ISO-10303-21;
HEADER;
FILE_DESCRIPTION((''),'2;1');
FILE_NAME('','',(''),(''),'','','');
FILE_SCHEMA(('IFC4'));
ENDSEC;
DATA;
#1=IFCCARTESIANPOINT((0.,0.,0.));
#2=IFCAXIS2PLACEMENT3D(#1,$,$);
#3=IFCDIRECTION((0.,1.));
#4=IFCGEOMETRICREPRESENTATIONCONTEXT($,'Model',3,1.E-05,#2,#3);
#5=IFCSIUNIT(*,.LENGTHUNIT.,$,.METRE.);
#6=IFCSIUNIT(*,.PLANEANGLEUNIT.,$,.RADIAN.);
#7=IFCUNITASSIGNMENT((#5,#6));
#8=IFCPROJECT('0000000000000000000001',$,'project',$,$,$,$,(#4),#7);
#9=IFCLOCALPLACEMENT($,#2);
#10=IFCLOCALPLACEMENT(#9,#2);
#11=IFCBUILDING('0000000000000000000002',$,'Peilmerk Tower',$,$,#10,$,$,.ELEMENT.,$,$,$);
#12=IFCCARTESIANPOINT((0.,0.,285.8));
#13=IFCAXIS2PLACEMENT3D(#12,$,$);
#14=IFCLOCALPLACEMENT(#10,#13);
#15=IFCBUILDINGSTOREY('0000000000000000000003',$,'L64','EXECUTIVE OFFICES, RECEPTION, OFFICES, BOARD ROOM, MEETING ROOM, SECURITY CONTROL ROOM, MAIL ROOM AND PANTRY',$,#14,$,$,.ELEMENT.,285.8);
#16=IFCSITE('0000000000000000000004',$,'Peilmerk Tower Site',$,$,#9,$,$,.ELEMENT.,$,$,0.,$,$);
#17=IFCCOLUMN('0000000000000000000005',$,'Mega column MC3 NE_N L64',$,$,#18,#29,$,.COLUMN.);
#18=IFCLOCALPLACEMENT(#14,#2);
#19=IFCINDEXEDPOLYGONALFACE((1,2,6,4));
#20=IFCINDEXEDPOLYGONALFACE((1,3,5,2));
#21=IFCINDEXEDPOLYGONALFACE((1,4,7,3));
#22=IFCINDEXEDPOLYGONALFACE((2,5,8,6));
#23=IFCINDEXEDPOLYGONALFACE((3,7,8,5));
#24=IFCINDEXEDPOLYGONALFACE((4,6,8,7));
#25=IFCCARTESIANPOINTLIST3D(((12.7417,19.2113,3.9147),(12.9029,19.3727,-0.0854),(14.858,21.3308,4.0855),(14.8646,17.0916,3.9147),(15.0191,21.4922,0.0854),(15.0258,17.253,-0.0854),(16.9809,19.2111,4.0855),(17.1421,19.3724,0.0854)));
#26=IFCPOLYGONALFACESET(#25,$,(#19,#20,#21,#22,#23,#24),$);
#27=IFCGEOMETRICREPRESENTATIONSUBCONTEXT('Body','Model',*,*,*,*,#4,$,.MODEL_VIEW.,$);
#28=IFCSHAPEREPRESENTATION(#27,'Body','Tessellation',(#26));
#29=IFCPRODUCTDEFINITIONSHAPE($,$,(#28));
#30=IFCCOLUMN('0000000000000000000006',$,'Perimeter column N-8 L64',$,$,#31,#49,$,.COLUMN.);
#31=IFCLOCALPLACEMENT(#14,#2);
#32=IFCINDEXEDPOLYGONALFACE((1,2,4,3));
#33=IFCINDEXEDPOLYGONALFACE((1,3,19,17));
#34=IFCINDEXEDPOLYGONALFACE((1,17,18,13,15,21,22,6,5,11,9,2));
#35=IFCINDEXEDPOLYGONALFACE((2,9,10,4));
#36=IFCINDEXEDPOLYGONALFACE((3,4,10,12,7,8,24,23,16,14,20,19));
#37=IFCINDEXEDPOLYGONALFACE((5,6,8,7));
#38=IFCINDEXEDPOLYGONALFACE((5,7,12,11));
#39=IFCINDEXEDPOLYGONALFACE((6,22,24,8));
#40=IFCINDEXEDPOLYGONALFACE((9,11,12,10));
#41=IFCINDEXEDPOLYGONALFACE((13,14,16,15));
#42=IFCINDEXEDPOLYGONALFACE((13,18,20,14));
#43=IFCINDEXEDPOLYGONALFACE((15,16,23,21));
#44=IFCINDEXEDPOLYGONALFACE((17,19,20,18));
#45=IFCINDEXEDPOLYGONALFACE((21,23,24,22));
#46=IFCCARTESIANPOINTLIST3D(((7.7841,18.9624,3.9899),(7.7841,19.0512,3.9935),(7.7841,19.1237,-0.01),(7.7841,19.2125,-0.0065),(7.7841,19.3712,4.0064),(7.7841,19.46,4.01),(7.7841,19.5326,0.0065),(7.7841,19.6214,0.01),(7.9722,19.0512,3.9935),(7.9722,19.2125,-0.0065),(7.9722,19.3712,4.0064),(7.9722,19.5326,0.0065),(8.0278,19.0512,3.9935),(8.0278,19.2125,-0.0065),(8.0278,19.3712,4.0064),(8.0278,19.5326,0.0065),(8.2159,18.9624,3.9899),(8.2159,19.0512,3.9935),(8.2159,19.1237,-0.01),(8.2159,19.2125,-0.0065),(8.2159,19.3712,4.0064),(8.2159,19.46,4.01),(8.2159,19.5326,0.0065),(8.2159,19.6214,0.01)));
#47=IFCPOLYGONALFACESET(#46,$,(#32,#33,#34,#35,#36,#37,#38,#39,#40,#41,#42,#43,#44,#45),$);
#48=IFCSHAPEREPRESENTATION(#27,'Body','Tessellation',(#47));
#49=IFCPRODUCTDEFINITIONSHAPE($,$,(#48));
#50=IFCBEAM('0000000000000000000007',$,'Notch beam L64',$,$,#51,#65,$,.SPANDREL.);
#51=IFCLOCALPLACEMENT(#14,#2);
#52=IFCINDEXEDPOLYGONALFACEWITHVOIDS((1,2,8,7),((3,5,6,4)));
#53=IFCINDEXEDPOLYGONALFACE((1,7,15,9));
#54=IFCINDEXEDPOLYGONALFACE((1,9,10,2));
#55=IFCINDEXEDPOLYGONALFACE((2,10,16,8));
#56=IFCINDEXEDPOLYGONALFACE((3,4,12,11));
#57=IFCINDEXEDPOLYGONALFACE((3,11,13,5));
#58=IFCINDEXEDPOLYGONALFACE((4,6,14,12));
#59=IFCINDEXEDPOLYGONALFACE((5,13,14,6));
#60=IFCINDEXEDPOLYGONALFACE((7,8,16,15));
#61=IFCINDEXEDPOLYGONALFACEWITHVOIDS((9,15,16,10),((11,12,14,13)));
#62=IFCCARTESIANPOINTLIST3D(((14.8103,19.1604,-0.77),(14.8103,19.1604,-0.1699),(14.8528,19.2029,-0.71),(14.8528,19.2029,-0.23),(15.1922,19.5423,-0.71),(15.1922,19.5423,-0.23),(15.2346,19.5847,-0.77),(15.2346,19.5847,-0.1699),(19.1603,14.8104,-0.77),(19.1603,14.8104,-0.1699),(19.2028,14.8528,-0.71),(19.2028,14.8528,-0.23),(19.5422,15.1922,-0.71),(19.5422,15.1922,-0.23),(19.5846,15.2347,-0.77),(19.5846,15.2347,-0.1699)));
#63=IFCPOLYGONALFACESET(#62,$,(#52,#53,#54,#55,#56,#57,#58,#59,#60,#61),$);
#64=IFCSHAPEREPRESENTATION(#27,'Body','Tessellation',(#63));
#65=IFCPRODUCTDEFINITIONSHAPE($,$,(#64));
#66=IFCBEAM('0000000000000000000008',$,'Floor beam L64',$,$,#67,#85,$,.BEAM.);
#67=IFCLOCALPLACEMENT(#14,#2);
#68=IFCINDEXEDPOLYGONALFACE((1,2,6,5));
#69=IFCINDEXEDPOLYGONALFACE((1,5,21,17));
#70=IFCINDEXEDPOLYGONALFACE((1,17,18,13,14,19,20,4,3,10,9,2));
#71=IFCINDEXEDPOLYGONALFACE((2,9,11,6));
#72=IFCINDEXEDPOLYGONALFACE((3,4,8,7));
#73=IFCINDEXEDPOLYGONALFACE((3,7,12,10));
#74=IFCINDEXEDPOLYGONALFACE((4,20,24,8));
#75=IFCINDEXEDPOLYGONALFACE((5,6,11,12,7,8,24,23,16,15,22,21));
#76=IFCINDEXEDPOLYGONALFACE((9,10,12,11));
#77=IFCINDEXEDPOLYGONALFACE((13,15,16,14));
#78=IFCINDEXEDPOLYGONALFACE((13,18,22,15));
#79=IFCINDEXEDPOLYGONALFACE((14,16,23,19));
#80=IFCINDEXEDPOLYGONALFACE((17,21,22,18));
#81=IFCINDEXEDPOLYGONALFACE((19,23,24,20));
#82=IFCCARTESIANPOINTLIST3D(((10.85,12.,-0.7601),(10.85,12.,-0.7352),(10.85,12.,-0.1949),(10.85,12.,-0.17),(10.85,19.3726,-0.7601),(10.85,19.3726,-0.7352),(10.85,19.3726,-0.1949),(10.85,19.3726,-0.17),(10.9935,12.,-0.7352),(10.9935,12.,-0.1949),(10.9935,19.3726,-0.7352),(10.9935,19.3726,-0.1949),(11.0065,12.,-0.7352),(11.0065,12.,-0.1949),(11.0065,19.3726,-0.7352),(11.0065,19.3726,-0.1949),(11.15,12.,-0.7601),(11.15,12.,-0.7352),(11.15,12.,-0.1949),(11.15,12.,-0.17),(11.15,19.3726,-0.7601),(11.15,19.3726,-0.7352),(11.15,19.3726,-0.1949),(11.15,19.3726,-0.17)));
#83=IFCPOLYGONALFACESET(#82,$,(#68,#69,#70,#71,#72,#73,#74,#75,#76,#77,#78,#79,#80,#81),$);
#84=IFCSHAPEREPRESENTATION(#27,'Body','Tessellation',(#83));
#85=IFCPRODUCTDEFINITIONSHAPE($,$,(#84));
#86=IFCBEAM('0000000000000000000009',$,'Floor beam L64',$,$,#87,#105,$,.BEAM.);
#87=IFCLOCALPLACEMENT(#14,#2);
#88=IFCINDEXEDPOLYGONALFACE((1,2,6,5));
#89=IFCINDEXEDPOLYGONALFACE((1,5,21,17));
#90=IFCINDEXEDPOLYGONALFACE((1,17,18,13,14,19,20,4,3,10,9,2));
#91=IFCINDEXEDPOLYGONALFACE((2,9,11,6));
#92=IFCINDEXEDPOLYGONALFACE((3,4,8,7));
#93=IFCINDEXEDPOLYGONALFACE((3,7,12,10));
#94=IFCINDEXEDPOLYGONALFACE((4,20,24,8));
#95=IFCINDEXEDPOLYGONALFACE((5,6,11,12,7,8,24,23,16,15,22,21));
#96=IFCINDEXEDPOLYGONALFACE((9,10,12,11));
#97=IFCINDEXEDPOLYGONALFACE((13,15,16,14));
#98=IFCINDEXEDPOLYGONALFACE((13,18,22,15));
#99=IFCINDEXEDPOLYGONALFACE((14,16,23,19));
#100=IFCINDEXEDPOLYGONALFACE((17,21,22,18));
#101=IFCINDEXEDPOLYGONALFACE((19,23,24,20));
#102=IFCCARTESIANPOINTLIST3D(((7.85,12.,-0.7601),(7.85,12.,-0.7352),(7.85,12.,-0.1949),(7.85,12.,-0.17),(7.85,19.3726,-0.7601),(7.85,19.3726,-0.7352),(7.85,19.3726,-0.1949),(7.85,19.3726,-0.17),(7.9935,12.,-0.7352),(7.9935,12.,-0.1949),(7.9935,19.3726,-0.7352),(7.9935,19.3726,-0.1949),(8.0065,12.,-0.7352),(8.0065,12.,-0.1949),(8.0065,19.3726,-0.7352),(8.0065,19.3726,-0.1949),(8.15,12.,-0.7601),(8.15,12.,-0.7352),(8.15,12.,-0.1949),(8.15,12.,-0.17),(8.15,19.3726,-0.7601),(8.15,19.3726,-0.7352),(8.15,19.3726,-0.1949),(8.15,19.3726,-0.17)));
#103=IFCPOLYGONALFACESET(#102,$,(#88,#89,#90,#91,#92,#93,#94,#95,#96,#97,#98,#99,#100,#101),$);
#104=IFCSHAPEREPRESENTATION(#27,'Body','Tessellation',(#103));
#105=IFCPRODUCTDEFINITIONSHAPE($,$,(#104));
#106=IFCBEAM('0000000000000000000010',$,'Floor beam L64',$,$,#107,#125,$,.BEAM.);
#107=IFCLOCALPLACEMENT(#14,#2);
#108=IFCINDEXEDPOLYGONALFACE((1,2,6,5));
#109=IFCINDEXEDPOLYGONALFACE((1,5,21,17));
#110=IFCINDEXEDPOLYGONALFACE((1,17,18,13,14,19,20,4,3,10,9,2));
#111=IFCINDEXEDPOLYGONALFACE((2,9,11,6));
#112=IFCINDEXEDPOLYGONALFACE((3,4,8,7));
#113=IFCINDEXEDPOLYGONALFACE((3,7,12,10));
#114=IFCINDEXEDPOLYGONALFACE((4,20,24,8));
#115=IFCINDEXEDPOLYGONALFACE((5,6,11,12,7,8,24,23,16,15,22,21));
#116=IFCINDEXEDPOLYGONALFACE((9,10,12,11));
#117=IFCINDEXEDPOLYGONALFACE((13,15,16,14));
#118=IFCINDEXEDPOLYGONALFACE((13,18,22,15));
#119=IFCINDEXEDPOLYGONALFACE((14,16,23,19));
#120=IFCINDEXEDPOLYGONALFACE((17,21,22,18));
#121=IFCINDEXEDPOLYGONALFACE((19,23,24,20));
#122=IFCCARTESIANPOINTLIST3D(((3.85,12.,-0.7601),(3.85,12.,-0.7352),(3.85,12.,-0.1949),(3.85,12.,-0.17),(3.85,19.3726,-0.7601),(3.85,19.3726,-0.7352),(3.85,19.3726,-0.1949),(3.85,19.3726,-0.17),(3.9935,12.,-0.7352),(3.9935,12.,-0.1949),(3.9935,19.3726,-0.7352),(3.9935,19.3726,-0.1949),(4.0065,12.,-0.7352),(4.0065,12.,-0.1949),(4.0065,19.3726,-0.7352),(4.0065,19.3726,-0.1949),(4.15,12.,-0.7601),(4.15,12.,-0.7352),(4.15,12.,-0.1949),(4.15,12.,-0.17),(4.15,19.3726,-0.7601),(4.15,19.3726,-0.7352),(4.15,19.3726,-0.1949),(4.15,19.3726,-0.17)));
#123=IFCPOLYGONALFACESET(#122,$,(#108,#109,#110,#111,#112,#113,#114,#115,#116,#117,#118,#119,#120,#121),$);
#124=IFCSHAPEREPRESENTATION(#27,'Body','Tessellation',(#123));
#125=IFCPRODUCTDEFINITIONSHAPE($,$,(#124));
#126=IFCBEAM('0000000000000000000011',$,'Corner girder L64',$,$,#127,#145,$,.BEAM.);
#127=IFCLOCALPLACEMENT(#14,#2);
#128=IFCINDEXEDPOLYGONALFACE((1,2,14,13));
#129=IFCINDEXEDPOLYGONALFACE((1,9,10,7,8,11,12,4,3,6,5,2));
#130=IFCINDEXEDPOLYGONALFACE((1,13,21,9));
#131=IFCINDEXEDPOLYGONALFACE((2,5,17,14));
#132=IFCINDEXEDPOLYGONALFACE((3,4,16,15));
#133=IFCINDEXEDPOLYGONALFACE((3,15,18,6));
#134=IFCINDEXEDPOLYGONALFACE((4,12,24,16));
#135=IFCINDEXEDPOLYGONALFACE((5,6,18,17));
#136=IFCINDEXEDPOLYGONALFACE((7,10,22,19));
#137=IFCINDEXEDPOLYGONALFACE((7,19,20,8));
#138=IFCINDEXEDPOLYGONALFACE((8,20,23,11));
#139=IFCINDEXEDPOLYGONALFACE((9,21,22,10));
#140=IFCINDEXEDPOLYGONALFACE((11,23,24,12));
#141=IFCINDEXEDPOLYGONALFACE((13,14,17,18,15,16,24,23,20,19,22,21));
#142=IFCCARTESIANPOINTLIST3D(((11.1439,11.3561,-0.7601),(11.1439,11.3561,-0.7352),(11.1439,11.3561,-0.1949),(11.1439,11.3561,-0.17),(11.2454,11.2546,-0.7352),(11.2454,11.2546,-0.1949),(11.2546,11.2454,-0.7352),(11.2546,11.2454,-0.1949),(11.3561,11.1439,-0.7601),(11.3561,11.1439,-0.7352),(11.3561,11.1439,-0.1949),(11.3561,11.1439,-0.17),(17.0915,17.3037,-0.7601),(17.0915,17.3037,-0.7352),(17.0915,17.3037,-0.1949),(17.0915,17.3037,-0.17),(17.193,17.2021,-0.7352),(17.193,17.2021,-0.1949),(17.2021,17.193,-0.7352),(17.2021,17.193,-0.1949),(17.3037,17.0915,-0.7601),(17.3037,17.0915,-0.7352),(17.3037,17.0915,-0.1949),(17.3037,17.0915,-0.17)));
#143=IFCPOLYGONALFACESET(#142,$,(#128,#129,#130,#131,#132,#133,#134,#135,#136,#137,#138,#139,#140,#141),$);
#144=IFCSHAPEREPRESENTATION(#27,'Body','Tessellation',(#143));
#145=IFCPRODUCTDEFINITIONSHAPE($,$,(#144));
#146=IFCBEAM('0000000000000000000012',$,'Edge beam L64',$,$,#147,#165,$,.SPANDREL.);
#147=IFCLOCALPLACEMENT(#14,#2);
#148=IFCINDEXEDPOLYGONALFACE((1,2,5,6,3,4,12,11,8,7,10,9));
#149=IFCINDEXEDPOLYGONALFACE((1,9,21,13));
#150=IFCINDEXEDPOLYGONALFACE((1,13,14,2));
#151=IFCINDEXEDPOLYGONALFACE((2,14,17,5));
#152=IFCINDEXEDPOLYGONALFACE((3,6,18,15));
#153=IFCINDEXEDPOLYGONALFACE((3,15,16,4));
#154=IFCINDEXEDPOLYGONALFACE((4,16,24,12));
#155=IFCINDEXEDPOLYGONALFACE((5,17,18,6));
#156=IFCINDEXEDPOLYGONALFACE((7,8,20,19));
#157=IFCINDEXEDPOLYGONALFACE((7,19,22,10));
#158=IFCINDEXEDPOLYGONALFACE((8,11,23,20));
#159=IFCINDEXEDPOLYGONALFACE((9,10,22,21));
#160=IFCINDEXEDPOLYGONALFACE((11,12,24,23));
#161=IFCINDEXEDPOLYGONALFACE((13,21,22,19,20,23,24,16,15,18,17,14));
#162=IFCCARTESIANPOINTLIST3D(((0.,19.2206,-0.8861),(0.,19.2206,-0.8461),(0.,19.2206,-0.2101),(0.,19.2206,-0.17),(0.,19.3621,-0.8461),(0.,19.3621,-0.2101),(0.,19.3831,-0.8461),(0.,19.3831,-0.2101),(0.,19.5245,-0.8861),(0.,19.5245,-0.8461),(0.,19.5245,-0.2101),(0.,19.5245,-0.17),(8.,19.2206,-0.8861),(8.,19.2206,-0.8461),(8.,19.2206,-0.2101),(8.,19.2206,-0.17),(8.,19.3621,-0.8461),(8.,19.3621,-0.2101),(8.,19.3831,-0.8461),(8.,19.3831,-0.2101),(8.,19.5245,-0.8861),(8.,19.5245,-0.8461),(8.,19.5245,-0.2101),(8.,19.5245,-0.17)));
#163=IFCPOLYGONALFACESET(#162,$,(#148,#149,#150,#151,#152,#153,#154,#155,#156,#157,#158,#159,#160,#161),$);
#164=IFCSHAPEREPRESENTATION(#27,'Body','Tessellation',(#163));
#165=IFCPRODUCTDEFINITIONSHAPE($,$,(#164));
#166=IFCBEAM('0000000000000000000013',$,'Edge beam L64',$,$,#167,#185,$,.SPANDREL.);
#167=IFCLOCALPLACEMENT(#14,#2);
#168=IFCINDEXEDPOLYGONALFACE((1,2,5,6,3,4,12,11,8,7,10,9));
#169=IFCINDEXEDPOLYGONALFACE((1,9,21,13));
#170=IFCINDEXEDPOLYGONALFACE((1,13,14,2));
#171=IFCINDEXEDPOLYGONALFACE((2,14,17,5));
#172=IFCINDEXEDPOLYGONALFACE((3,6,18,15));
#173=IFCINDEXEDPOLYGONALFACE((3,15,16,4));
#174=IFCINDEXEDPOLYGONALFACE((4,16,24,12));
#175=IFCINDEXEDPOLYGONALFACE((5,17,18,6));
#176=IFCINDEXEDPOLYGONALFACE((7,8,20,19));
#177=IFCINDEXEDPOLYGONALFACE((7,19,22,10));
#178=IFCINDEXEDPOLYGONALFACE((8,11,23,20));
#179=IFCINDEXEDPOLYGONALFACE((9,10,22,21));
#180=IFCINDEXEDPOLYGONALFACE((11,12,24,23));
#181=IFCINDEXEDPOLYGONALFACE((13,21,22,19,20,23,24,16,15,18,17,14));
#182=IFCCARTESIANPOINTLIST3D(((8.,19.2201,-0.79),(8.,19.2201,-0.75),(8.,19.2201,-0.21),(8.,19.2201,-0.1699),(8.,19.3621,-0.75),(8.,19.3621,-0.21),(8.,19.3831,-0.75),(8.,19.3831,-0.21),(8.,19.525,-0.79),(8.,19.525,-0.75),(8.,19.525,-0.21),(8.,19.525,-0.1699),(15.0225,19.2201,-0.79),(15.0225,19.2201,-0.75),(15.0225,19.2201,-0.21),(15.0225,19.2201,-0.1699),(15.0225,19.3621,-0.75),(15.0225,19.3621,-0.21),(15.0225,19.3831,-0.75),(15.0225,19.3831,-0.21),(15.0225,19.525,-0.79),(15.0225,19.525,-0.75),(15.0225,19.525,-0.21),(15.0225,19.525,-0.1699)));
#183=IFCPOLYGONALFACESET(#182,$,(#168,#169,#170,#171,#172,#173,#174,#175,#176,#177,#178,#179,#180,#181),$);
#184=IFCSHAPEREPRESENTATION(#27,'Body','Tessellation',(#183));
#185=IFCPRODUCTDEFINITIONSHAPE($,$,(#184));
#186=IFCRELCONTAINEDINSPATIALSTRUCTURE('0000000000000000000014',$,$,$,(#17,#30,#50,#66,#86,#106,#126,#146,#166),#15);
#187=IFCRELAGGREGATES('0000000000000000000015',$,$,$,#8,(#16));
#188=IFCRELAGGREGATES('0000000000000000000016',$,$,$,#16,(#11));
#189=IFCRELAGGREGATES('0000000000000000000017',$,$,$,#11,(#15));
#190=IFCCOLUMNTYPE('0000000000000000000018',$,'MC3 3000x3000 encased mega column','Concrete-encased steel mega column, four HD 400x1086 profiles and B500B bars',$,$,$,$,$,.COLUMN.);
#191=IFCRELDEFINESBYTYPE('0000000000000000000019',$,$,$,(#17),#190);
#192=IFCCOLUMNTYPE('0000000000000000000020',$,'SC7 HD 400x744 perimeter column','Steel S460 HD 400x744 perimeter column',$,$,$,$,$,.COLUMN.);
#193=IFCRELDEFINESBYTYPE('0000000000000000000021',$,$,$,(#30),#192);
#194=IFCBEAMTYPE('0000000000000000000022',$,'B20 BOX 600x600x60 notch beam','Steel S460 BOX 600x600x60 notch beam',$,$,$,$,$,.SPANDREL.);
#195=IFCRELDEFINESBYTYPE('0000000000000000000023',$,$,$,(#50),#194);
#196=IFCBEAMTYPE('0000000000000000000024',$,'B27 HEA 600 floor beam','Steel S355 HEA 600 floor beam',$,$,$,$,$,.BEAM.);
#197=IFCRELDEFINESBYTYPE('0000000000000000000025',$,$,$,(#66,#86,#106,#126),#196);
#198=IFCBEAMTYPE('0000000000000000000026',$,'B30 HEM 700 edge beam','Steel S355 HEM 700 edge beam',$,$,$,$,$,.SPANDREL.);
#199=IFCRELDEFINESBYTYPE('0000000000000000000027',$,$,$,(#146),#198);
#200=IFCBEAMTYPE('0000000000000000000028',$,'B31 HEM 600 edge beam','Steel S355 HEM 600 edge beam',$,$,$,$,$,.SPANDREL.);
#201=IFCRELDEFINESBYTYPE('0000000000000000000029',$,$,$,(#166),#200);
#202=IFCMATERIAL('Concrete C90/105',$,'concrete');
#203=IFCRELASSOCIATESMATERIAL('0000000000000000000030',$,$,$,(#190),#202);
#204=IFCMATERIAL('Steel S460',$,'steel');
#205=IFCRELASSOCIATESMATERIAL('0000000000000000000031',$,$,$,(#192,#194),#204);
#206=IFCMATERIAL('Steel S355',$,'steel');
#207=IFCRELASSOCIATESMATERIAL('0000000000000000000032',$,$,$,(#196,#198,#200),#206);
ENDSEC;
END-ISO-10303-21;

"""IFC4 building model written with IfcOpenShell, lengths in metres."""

from ifc_helpers import new_model, si_unit, direction, frame, origin, origin_2d, place, context, subcontext, project, spatial, rectangle, hollow_rectangle, i_section, extrude, material, material_profile, profile_set, type_object, element, save


model = new_model("IFC4")

# Units and contexts
model_context = context("Model", 3, precision=1e-05, world=origin(), true_north=direction((0.0, 1.0)))
body_context = subcontext(model_context, "Body", "Model", "MODEL_VIEW")
ifc_project = project(units=[si_unit("LENGTHUNIT", "METRE"), si_unit("PLANEANGLEUNIT", "RADIAN")], contexts=[model_context])

# Site, building, storey
site_placement = place(None, origin())
site = spatial("IfcSite", under=ifc_project, at=site_placement, Name="Peilmerk Tower Site", CompositionType="ELEMENT", RefElevation=0.0)
building_placement = place(site_placement, origin())
building = spatial("IfcBuilding", under=site, at=building_placement, Name="Peilmerk Tower", CompositionType="ELEMENT")
storey_placement = place(building_placement, frame((0.0, 0.0, 285.8)))
storey = spatial("IfcBuildingStorey", under=building, at=storey_placement, Name="L64", Description="EXECUTIVE OFFICES, RECEPTION, OFFICES, BOARD ROOM, MEETING ROOM, SECURITY CONTROL ROOM, MAIL ROOM AND PANTRY", CompositionType="ELEMENT", Elevation=285.8)

# Columns
ifc_material_1 = material(Name="Concrete C90/105", Category="concrete")
ifc_material_profile_1 = material_profile(ifc_material_1, rectangle(XDim=3.0, YDim=3.0, at=origin_2d()), Name="RC 3000x3000")
ifc_profile_set_1 = profile_set([ifc_material_profile_1], Name="Concrete C90/105")
column_type_1 = type_object("IfcColumnType", Name="MC3 3000x3000 encased mega column", Description="Concrete-encased steel mega column, four HD 400x1086 profiles and B500B bars", PredefinedType="COLUMN", material=ifc_profile_set_1)
column_1_placement = place(storey_placement, frame((15.0225, 19.3726, 0.0), z_axis=(-0.040218, -0.040279, 0.998379), x_axis=(0.707642, -0.706571, 0.0)))
element("IfcColumn", 1, at=column_1_placement, inside=storey, type_object=column_type_1, Name="Mega column MC3 NE_N L64", PredefinedType="COLUMN", context=body_context, shape_type="SweptSolid", body=[
    extrude(rectangle(XDim=3.0, YDim=3.0, at=origin_2d()), origin(), (0.0, 0.0, 1.0), 4.0066),
])
ifc_material_2 = material(Name="Steel S460", Category="steel")
ifc_material_profile_2 = material_profile(ifc_material_2, i_section(OverallWidth=0.4319, OverallDepth=0.498, WebThickness=0.0557, FlangeThickness=0.0889, at=origin_2d()), Name="HD 400x744")
ifc_profile_set_2 = profile_set([ifc_material_profile_2], Name="Steel S460")
column_type_2 = type_object("IfcColumnType", Name="SC7 HD 400x744 perimeter column", Description="Steel S460 HD 400x744 perimeter column", PredefinedType="COLUMN", material=ifc_profile_set_2)
column_2_placement = place(storey_placement, frame((8.0, 19.3726, 0.0), z_axis=(0.0, -0.040311, 0.999187), x_axis=(1.0, 0.0, 0.0)))
element("IfcColumn", 2, at=column_2_placement, inside=storey, type_object=column_type_2, Name="Perimeter column N-8 L64", PredefinedType="COLUMN", context=body_context, shape_type="SweptSolid", body=[
    extrude(i_section(OverallWidth=0.4319, OverallDepth=0.498, WebThickness=0.0557, FlangeThickness=0.0889, at=origin_2d()), origin(), (0.0, 0.0, 1.0), 4.0032),
])

# Beams
ifc_material_profile_3 = material_profile(ifc_material_2, hollow_rectangle(XDim=0.6001, YDim=0.6001, WallThickness=0.0601, at=origin_2d()), Name="BOX 600x600x60")
ifc_profile_set_3 = profile_set([ifc_material_profile_3], Name="Steel S460")
beam_type_1 = type_object("IfcBeamType", Name="B20 BOX 600x600x60 notch beam", Description="Steel S460 BOX 600x600x60 notch beam", PredefinedType="SPANDREL", material=ifc_profile_set_3)
beam_1_placement = place(storey_placement, frame((15.0225, 19.3726, -0.47), z_axis=(0.707107, -0.707107, 0.0), x_axis=(0.707107, 0.707107, 0.0)))
element("IfcBeam", 3, at=beam_1_placement, inside=storey, type_object=beam_type_1, Name="Notch beam L64", PredefinedType="SPANDREL", context=body_context, shape_type="SweptSolid", body=[
    extrude(hollow_rectangle(XDim=0.6001, YDim=0.6001, WallThickness=0.0601, at=origin_2d()), origin(), (0.0, 0.0, 1.0), 6.1519),
])
ifc_material_3 = material(Name="Steel S355", Category="steel")
ifc_material_profile_4 = material_profile(ifc_material_3, i_section(OverallWidth=0.3, OverallDepth=0.5901, WebThickness=0.0129, FlangeThickness=0.0249, at=origin_2d()), Name="HEA 600")
ifc_profile_set_4 = profile_set([ifc_material_profile_4], Name="Steel S355")
beam_type_2 = type_object("IfcBeamType", Name="B27 HEA 600 floor beam", Description="Steel S355 HEA 600 floor beam", PredefinedType="BEAM", material=ifc_profile_set_4)
for number, where, z_axis, x_axis, name in (
    (4, (11.0, 12.0, -0.4651), (0.0, 1.0, 0.0), (-1.0, 0.0, 0.0), "Floor beam L64"),
    (5, (8.0, 12.0, -0.4651), (0.0, 1.0, 0.0), (-1.0, 0.0, 0.0), "Floor beam L64"),
    (6, (4.0, 12.0, -0.4651), (0.0, 1.0, 0.0), (-1.0, 0.0, 0.0), "Floor beam L64"),
):
    element("IfcBeam", number, at=place(storey_placement, frame(where, z_axis=z_axis, x_axis=x_axis)), inside=storey, type_object=beam_type_2, Name=name, PredefinedType="BEAM", context=body_context, shape_type="SweptSolid", body=[
        extrude(i_section(OverallWidth=0.3, OverallDepth=0.5901, WebThickness=0.0129, FlangeThickness=0.0249, at=origin_2d()), origin(), (0.0, 0.0, 1.0), 7.3726),
    ])
beam_2_placement = place(storey_placement, frame((11.25, 11.25, -0.4651), z_axis=(0.707107, 0.707107, 0.0), x_axis=(-0.707107, 0.707107, 0.0)))
element("IfcBeam", 7, at=beam_2_placement, inside=storey, type_object=beam_type_2, Name="Corner girder L64", PredefinedType="BEAM", context=body_context, shape_type="SweptSolid", body=[
    extrude(i_section(OverallWidth=0.3, OverallDepth=0.5901, WebThickness=0.0129, FlangeThickness=0.0249, at=origin_2d()), origin(), (0.0, 0.0, 1.0), 8.4111),
])
ifc_material_profile_5 = material_profile(ifc_material_3, i_section(OverallWidth=0.304, OverallDepth=0.7161, WebThickness=0.021, FlangeThickness=0.04, at=origin_2d()), Name="HEM 700")
ifc_profile_set_5 = profile_set([ifc_material_profile_5], Name="Steel S355")
beam_type_3 = type_object("IfcBeamType", Name="B30 HEM 700 edge beam", Description="Steel S355 HEM 700 edge beam", PredefinedType="SPANDREL", material=ifc_profile_set_5)
beam_3_placement = place(storey_placement, frame((8.0, 19.3726, -0.5281), z_axis=(-1.0, 0.0, 0.0), x_axis=(0.0, -1.0, 0.0)))
element("IfcBeam", 8, at=beam_3_placement, inside=storey, type_object=beam_type_3, Name="Edge beam L64", PredefinedType="SPANDREL", context=body_context, shape_type="SweptSolid", body=[
    extrude(i_section(OverallWidth=0.304, OverallDepth=0.7161, WebThickness=0.021, FlangeThickness=0.04, at=origin_2d()), origin(), (0.0, 0.0, 1.0), 8.0),
])
ifc_material_profile_6 = material_profile(ifc_material_3, i_section(OverallWidth=0.3049, OverallDepth=0.6201, WebThickness=0.021, FlangeThickness=0.04, at=origin_2d()), Name="HEM 600")
ifc_profile_set_6 = profile_set([ifc_material_profile_6], Name="Steel S355")
beam_type_4 = type_object("IfcBeamType", Name="B31 HEM 600 edge beam", Description="Steel S355 HEM 600 edge beam", PredefinedType="SPANDREL", material=ifc_profile_set_6)
beam_4_placement = place(storey_placement, frame((15.0225, 19.3726, -0.48), z_axis=(-1.0, 0.0, 0.0), x_axis=(0.0, -1.0, 0.0)))
element("IfcBeam", 9, at=beam_4_placement, inside=storey, type_object=beam_type_4, Name="Edge beam L64", PredefinedType="SPANDREL", context=body_context, shape_type="SweptSolid", body=[
    extrude(i_section(OverallWidth=0.3049, OverallDepth=0.6201, WebThickness=0.021, FlangeThickness=0.04, at=origin_2d()), origin(), (0.0, 0.0, 1.0), 7.0225),
])

save(model, "model.ifc")
